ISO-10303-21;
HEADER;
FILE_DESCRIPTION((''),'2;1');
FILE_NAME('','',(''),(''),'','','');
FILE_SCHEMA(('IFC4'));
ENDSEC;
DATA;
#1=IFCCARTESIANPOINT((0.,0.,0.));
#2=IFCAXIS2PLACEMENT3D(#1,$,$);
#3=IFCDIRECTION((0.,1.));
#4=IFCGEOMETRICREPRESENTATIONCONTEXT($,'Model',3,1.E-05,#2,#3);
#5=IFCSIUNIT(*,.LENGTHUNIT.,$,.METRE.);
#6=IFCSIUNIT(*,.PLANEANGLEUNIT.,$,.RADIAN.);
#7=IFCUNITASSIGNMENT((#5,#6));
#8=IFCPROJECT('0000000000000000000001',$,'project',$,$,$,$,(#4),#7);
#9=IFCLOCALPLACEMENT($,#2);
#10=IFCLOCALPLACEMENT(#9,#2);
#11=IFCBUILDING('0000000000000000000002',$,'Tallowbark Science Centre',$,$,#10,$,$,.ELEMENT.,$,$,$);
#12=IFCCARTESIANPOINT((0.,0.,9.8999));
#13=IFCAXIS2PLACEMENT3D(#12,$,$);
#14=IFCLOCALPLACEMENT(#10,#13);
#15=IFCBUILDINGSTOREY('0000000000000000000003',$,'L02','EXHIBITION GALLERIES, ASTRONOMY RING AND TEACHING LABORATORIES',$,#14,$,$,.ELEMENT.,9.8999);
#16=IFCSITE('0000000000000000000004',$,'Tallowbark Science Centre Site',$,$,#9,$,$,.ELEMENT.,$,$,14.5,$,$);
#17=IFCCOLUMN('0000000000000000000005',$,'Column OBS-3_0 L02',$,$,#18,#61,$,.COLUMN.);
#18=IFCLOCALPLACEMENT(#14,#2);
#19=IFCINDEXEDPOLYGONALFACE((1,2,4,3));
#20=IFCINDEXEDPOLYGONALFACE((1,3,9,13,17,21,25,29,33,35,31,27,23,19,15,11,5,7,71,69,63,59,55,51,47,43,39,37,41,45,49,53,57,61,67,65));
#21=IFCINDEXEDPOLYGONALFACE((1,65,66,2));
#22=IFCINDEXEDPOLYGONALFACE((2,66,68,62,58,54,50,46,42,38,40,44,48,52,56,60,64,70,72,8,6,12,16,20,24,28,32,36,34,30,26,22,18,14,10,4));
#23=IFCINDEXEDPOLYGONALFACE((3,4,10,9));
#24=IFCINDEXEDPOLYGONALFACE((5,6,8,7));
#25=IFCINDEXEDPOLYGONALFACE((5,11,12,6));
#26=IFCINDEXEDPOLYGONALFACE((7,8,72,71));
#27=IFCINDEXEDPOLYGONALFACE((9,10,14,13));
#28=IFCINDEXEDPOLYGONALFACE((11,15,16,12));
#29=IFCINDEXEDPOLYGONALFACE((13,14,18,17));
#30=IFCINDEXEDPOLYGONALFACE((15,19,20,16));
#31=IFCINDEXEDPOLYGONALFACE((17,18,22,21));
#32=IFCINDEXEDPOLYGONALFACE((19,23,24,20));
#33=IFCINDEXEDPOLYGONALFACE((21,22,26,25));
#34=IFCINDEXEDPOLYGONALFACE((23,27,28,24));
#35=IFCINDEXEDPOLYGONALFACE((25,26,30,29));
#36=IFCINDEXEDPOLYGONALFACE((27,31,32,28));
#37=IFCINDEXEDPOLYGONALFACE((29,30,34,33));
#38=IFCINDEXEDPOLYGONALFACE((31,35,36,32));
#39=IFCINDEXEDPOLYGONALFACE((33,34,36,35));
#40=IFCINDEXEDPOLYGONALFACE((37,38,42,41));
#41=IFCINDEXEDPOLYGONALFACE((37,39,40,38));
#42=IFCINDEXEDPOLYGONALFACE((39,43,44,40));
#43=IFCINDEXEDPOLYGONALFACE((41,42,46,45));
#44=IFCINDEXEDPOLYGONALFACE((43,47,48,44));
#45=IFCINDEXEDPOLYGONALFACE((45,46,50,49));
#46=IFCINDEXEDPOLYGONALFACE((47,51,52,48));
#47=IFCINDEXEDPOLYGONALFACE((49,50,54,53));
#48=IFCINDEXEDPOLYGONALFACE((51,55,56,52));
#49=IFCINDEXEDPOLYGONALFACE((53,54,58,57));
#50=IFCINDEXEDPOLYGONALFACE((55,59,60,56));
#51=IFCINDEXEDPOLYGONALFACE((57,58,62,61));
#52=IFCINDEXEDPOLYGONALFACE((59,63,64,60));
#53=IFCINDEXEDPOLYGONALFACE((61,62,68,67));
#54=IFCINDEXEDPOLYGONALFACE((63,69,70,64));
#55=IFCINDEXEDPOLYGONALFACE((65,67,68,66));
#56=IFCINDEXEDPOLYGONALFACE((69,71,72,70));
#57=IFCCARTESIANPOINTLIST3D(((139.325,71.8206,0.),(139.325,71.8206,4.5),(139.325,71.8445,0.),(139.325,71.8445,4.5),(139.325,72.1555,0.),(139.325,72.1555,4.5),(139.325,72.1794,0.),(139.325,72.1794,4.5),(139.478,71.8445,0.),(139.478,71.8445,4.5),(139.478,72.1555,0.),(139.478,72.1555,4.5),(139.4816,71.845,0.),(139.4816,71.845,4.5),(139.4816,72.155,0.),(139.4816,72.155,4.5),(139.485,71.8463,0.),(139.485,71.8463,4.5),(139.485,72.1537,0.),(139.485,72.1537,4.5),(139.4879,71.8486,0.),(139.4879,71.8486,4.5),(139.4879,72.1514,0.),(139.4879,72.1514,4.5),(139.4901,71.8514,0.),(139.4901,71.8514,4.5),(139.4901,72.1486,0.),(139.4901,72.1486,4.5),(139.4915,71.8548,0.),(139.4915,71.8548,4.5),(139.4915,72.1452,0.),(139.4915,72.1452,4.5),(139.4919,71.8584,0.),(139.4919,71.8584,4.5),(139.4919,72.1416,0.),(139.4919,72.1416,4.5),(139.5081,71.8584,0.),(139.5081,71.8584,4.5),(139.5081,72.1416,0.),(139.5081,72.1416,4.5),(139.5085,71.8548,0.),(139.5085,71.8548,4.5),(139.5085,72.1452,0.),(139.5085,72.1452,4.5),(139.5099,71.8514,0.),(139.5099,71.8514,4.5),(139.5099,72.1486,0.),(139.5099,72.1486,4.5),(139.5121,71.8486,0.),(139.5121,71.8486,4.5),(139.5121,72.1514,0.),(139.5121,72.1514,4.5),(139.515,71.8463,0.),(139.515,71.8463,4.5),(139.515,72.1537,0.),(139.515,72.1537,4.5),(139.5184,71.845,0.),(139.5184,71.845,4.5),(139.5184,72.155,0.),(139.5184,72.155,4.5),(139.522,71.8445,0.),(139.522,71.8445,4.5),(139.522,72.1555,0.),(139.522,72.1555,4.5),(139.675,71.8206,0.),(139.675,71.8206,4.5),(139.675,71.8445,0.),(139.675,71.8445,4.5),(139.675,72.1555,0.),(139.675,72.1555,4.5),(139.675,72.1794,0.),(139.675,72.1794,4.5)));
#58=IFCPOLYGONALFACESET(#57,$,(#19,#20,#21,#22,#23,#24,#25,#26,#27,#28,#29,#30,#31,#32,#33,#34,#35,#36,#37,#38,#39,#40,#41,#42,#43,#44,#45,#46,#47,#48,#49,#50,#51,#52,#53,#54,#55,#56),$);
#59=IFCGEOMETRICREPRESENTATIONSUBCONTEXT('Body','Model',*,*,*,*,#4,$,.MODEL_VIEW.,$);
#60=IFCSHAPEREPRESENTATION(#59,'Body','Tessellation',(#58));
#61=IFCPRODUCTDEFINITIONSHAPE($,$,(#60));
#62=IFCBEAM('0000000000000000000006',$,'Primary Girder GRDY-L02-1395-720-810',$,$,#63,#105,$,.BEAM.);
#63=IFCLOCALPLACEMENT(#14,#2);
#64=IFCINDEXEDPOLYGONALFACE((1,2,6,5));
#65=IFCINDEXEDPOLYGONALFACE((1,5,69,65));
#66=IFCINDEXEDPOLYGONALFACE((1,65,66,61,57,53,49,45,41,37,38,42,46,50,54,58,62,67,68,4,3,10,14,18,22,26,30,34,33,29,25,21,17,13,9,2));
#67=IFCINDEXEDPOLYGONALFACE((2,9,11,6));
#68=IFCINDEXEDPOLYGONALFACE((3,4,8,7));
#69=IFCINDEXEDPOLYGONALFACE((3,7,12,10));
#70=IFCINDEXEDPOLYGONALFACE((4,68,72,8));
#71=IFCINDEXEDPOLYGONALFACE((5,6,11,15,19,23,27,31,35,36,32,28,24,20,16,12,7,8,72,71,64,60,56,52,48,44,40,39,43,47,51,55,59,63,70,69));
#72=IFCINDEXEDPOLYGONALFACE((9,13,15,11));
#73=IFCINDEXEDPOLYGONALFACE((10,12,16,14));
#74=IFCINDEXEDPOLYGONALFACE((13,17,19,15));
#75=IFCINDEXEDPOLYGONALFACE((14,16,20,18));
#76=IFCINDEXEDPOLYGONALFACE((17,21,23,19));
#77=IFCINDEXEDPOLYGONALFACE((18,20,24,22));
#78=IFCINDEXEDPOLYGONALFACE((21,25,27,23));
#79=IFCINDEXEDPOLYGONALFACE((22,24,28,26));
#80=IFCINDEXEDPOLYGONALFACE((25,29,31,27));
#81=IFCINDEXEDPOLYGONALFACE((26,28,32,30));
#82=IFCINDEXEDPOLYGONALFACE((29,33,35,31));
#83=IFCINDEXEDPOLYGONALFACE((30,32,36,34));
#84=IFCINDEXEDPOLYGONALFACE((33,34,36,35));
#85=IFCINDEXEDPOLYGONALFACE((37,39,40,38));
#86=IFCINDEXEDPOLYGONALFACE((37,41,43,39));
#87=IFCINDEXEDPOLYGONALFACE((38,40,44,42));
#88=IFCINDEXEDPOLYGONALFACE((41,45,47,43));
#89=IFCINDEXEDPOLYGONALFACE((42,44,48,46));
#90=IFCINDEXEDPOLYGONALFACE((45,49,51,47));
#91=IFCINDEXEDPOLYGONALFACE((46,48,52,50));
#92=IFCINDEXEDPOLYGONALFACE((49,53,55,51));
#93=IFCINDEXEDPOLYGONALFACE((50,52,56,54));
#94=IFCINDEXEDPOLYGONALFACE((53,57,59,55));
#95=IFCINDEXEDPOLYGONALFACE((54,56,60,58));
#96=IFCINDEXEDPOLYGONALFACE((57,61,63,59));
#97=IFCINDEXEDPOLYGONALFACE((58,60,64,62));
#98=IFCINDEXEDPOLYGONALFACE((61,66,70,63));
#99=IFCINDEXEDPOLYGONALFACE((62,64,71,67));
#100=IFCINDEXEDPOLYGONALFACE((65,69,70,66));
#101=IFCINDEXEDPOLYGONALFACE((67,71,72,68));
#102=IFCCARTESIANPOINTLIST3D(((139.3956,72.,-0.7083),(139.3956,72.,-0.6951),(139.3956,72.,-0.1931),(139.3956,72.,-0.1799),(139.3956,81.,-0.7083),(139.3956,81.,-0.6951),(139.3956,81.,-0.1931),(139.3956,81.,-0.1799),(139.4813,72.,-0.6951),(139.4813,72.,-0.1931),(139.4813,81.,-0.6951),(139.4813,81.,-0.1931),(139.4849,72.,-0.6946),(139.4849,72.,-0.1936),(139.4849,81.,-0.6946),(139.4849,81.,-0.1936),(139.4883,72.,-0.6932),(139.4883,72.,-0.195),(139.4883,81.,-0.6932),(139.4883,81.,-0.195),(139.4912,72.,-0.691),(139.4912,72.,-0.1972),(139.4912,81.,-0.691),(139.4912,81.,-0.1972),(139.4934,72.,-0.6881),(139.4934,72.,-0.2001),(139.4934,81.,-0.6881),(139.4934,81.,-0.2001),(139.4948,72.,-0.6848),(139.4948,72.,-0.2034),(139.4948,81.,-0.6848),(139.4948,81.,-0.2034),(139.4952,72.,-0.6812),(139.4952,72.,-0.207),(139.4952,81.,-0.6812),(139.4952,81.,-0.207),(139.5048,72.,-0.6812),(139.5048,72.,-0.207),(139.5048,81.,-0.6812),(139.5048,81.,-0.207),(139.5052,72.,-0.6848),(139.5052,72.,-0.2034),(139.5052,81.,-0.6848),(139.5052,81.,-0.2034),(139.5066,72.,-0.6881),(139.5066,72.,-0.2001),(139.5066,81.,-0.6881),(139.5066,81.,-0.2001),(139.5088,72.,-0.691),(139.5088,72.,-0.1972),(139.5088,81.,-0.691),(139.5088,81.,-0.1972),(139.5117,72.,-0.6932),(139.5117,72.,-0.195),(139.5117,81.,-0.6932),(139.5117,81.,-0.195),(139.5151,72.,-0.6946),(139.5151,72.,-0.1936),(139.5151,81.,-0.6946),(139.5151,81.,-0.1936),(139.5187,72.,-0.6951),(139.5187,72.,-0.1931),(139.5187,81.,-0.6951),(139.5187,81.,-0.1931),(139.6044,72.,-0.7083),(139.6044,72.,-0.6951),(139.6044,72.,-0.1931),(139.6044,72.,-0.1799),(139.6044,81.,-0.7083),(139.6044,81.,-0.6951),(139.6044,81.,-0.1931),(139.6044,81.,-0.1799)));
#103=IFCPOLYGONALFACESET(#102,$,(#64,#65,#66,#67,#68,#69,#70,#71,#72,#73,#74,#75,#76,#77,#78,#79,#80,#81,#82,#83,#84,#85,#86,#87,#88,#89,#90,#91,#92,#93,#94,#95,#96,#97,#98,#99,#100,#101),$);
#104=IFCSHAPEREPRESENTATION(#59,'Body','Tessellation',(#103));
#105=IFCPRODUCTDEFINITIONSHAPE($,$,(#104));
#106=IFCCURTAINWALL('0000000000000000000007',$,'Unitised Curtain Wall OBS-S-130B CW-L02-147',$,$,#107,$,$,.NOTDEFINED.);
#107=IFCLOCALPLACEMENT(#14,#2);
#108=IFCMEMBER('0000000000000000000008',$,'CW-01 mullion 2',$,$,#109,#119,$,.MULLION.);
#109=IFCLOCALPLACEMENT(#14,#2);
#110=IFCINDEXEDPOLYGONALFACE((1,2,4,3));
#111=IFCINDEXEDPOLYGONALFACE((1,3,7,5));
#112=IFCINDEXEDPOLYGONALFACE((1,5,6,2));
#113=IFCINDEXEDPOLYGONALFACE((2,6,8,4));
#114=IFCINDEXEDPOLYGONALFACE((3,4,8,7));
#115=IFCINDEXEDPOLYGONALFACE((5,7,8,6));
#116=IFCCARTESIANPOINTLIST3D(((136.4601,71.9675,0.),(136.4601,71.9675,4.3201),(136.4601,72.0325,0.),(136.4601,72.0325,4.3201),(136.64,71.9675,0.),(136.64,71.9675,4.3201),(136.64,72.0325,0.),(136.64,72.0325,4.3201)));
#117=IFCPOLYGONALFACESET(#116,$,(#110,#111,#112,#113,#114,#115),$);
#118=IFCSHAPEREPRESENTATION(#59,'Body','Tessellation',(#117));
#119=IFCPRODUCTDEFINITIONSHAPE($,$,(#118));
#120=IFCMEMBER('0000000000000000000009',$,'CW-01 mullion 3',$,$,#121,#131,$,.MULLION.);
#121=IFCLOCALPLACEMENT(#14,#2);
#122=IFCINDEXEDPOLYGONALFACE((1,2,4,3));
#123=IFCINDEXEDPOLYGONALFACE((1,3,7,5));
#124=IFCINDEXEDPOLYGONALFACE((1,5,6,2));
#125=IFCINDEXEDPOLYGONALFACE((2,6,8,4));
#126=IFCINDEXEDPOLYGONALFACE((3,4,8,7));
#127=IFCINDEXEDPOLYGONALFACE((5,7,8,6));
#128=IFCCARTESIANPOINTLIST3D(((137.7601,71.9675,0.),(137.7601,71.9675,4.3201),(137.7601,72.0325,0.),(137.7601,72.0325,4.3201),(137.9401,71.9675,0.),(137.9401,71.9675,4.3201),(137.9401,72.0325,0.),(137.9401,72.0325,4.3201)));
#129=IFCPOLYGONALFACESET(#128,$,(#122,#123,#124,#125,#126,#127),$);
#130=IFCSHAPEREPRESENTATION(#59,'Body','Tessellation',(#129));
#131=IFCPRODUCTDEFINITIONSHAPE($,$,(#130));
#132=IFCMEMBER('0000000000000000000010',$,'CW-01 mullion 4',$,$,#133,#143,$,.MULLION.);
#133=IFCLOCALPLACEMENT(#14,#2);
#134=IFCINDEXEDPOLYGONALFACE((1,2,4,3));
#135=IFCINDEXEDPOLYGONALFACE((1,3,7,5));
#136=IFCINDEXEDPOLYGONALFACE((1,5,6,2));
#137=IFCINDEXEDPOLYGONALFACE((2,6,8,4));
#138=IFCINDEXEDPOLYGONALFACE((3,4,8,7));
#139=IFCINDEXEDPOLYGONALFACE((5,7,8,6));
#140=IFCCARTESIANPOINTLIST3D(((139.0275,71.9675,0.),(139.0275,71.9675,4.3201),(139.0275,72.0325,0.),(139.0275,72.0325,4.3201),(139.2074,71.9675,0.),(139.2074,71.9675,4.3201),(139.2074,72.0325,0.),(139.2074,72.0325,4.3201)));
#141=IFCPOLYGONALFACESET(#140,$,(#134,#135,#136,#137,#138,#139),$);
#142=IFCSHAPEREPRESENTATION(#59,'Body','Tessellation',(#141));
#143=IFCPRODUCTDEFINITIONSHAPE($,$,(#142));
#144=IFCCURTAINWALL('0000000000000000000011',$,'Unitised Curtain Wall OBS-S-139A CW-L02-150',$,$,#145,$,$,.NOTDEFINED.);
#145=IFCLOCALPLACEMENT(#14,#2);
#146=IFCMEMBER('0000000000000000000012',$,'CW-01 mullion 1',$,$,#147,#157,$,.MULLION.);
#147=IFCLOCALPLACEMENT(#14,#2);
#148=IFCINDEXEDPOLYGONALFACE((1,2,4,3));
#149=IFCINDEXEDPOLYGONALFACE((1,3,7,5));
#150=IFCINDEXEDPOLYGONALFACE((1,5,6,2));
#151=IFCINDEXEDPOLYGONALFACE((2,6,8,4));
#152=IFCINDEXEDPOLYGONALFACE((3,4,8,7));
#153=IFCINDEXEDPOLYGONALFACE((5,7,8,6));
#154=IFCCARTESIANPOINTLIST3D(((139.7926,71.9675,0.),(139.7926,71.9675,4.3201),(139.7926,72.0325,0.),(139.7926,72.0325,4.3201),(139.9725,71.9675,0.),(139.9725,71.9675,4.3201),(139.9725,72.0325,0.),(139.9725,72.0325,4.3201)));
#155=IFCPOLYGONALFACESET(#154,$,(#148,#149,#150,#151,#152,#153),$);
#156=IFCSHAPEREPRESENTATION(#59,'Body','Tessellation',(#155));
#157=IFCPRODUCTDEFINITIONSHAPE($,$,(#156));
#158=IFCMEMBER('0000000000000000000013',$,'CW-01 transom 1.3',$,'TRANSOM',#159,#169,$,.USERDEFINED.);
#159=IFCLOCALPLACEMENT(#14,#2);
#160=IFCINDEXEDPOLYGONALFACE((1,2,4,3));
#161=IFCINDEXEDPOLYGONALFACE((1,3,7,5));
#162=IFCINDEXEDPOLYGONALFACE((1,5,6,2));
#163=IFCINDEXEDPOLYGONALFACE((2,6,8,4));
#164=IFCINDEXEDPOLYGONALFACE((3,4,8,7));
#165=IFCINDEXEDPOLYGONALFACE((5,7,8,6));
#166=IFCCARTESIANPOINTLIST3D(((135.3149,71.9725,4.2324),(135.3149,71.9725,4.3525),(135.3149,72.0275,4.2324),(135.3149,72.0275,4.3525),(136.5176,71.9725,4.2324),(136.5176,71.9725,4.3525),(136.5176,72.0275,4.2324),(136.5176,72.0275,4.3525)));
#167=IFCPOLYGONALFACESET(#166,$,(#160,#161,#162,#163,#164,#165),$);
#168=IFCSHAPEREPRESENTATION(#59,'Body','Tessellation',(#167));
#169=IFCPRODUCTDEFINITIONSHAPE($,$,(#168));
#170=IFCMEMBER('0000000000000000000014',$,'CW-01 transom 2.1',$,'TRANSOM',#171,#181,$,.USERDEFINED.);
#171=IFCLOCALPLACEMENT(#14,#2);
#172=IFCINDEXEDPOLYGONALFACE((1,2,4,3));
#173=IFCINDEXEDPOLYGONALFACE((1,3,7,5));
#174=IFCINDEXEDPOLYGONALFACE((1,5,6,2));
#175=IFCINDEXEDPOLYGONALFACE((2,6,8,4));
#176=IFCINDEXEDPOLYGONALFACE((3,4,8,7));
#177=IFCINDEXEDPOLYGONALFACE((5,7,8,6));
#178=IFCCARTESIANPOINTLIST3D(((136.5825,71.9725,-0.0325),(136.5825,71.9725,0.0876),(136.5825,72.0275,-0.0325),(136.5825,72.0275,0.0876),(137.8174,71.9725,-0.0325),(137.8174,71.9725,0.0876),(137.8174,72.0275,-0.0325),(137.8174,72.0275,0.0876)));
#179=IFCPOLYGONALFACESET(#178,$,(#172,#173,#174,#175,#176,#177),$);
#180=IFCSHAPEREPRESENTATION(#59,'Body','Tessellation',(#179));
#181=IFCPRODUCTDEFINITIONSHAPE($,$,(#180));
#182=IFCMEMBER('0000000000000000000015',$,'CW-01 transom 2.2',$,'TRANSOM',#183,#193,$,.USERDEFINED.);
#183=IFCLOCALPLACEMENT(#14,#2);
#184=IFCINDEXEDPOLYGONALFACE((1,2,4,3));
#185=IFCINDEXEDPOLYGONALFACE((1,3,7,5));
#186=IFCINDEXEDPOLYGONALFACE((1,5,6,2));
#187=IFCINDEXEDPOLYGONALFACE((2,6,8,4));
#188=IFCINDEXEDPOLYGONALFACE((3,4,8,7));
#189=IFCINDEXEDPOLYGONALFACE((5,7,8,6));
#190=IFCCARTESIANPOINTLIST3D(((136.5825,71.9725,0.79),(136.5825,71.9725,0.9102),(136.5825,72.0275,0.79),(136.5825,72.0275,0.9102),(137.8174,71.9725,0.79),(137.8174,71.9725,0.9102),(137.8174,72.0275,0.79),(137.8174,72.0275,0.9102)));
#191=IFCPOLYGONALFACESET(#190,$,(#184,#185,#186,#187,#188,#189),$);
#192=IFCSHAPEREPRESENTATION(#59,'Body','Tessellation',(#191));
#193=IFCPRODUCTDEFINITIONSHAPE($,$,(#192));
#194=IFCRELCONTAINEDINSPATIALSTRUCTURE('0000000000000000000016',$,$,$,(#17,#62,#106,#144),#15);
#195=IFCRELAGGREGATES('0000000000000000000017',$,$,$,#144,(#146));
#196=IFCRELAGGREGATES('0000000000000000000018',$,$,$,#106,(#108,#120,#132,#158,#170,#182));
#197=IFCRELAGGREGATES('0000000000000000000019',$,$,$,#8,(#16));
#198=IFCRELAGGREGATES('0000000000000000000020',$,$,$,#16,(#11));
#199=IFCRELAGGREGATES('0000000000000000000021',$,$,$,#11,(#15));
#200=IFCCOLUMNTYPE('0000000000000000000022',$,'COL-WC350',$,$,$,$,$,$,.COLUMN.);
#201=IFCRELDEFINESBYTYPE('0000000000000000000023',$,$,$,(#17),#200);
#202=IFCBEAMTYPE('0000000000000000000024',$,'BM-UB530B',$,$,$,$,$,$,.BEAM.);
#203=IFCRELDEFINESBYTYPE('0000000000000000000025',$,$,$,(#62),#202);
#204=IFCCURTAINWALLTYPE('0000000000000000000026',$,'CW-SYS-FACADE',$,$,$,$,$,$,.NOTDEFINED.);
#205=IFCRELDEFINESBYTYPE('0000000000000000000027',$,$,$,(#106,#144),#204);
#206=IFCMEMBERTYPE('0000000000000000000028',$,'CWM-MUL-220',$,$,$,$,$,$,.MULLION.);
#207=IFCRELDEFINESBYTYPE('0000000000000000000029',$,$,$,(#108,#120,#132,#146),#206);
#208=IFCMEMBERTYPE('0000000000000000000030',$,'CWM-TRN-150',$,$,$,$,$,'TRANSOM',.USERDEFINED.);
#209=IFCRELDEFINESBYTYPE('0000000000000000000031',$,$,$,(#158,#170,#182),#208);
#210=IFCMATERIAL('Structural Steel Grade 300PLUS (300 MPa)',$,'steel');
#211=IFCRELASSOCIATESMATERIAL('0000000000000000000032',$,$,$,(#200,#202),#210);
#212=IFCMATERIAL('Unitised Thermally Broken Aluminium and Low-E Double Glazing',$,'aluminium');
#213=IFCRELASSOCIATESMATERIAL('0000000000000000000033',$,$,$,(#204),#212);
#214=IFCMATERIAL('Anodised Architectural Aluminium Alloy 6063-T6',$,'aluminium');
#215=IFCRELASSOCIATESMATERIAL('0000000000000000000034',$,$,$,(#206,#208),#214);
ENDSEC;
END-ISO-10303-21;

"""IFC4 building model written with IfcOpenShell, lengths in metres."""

from ifc_helpers import new_model, si_unit, direction, frame, origin, origin_2d, place, context, subcontext, project, spatial, rectangle, i_section, extrude, material, material_profile, profile_set, type_object, element, aggregate, save


model = new_model("IFC4")

# Units and contexts
model_context = context("Model", 3, precision=1e-05, world=origin(), true_north=direction((0.0, 1.0)))
body_context = subcontext(model_context, "Body", "Model", "MODEL_VIEW")
ifc_project = project(units=[si_unit("LENGTHUNIT", "METRE"), si_unit("PLANEANGLEUNIT", "RADIAN")], contexts=[model_context])

# Site, building, storey
site_placement = place(None, origin())
site = spatial("IfcSite", under=ifc_project, at=site_placement, Name="Tallowbark Science Centre Site", CompositionType="ELEMENT", RefElevation=14.5)
building_placement = place(site_placement, origin())
building = spatial("IfcBuilding", under=site, at=building_placement, Name="Tallowbark Science Centre", CompositionType="ELEMENT")
storey_placement = place(building_placement, frame((0.0, 0.0, 9.8999)))
storey = spatial("IfcBuildingStorey", under=building, at=storey_placement, Name="L02", Description="EXHIBITION GALLERIES, ASTRONOMY RING AND TEACHING LABORATORIES", CompositionType="ELEMENT", Elevation=9.8999)

# Column
ifc_material_1 = material(Name="Structural Steel Grade 300PLUS (300 MPa)", Category="steel")
ifc_material_profile_1 = material_profile(ifc_material_1, i_section(OverallWidth=0.3501, OverallDepth=0.3589, WebThickness=0.0161, FlangeThickness=0.0239, FilletRadius=0.0139, at=origin_2d()), Name="350WC197")
ifc_profile_set_1 = profile_set([ifc_material_profile_1], Name="Structural Steel Grade 300PLUS (300 MPa)")
column_type = type_object("IfcColumnType", Name="COL-WC350", PredefinedType="COLUMN", material=ifc_profile_set_1)
column_placement = place(storey_placement, frame((139.5, 72.0, 0.0), z_axis=(0.0, 0.0, 1.0), x_axis=(1.0, 0.0, 0.0)))
element("IfcColumn", 1, at=column_placement, inside=storey, type_object=column_type, Name="Column OBS-3_0 L02", PredefinedType="COLUMN", context=body_context, shape_type="SweptSolid", body=[
    extrude(i_section(OverallWidth=0.3501, OverallDepth=0.3589, WebThickness=0.0161, FlangeThickness=0.0239, FilletRadius=0.0139, at=origin_2d()), origin(), (0.0, 0.0, 1.0), 4.5),
])

# Beam
ifc_material_profile_2 = material_profile(ifc_material_1, i_section(OverallWidth=0.2087, OverallDepth=0.5283, WebThickness=0.0095, FlangeThickness=0.0132, FilletRadius=0.0139, at=origin_2d()), Name="530UB82.0")
ifc_profile_set_2 = profile_set([ifc_material_profile_2], Name="Structural Steel Grade 300PLUS (300 MPa)")
beam_type_1 = type_object("IfcBeamType", Name="BM-UB530B", PredefinedType="BEAM", material=ifc_profile_set_2)
beam_1_placement = place(storey_placement, frame((139.5, 72.0, -0.4441), z_axis=(0.0, 1.0, 0.0), x_axis=(-1.0, 0.0, 0.0)))
element("IfcBeam", 2, at=beam_1_placement, inside=storey, type_object=beam_type_1, Name="Primary Girder GRDY-L02-1395-720-810", PredefinedType="BEAM", context=body_context, shape_type="SweptSolid", body=[
    extrude(i_section(OverallWidth=0.2087, OverallDepth=0.5283, WebThickness=0.0095, FlangeThickness=0.0132, FilletRadius=0.0139, at=origin_2d()), origin(), (0.0, 0.0, 1.0), 9.0),
])

# Curtain wall, members
ifc_material_2 = material(Name="Unitised Thermally Broken Aluminium and Low-E Double Glazing", Category="aluminium")
curtain_wall_type = type_object("IfcCurtainWallType", Name="CW-SYS-FACADE", PredefinedType="NOTDEFINED", material=ifc_material_2)
curtain_wall_1_placement = place(storey_placement, origin())
curtain_wall_1 = element("IfcCurtainWall", 3, at=curtain_wall_1_placement, inside=storey, type_object=curtain_wall_type, Name="Unitised Curtain Wall OBS-S-130B CW-L02-147", PredefinedType="NOTDEFINED")
ifc_material_3 = material(Name="Anodised Architectural Aluminium Alloy 6063-T6", Category="aluminium")
ifc_material_profile_3 = material_profile(ifc_material_3, rectangle(XDim=0.0649, YDim=0.1799, at=origin_2d()), Name="ALU65x180")
ifc_profile_set_3 = profile_set([ifc_material_profile_3], Name="Anodised Architectural Aluminium Alloy 6063-T6")
member_type_1 = type_object("IfcMemberType", Name="CWM-MUL-220", PredefinedType="MULLION", material=ifc_profile_set_3)
member_1_placement = place(storey_placement, frame((136.55, 72.0, 0.0), z_axis=(0.0, 0.0, 1.0), x_axis=(0.0, 1.0, 0.0)))
member_1 = element("IfcMember", 4, at=member_1_placement, type_object=member_type_1, Name="CW-01 mullion 2", PredefinedType="MULLION", context=body_context, shape_type="SweptSolid", body=[
    extrude(rectangle(XDim=0.0649, YDim=0.1799, at=origin_2d()), origin(), (0.0, 0.0, 1.0), 4.3201),
])
member_2_placement = place(storey_placement, frame((137.8501, 72.0, 0.0), z_axis=(0.0, 0.0, 1.0), x_axis=(0.0, 1.0, 0.0)))
member_2 = element("IfcMember", 5, at=member_2_placement, type_object=member_type_1, Name="CW-01 mullion 3", PredefinedType="MULLION", context=body_context, shape_type="SweptSolid", body=[
    extrude(rectangle(XDim=0.0649, YDim=0.1799, at=origin_2d()), origin(), (0.0, 0.0, 1.0), 4.3201),
])
member_3_placement = place(storey_placement, frame((139.1174, 72.0, 0.0), z_axis=(0.0, 0.0, 1.0), x_axis=(0.0, 1.0, 0.0)))
member_3 = element("IfcMember", 6, at=member_3_placement, type_object=member_type_1, Name="CW-01 mullion 4", PredefinedType="MULLION", context=body_context, shape_type="SweptSolid", body=[
    extrude(rectangle(XDim=0.0649, YDim=0.1799, at=origin_2d()), origin(), (0.0, 0.0, 1.0), 4.3201),
])

# Curtain wall, member
curtain_wall_2_placement = place(storey_placement, origin())
curtain_wall_2 = element("IfcCurtainWall", 7, at=curtain_wall_2_placement, inside=storey, type_object=curtain_wall_type, Name="Unitised Curtain Wall OBS-S-139A CW-L02-150", PredefinedType="NOTDEFINED")
member_4_placement = place(storey_placement, frame((139.8826, 72.0, 0.0), z_axis=(0.0, 0.0, 1.0), x_axis=(0.0, 1.0, 0.0)))
member_4 = element("IfcMember", 8, at=member_4_placement, type_object=member_type_1, Name="CW-01 mullion 1", PredefinedType="MULLION", context=body_context, shape_type="SweptSolid", body=[
    extrude(rectangle(XDim=0.0649, YDim=0.1799, at=origin_2d()), origin(), (0.0, 0.0, 1.0), 4.3201),
])
aggregate(curtain_wall_2, [member_4])

# Members
ifc_material_profile_4 = material_profile(ifc_material_3, rectangle(XDim=0.0549, YDim=0.1201, at=origin_2d()), Name="ALU55x120")
ifc_profile_set_4 = profile_set([ifc_material_profile_4], Name="Anodised Architectural Aluminium Alloy 6063-T6")
member_type_2 = type_object("IfcMemberType", Name="CWM-TRN-150", ElementType="TRANSOM", PredefinedType="USERDEFINED", material=ifc_profile_set_4)
member_5_placement = place(storey_placement, frame((135.3149, 72.0, 4.2925), z_axis=(1.0, 0.0, 0.0), x_axis=(0.0, 1.0, 0.0)))
member_5 = element("IfcMember", 9, at=member_5_placement, type_object=member_type_2, Name="CW-01 transom 1.3", ObjectType="TRANSOM", PredefinedType="USERDEFINED", context=body_context, shape_type="SweptSolid", body=[
    extrude(rectangle(XDim=0.0549, YDim=0.1201, at=origin_2d()), origin(), (0.0, 0.0, 1.0), 1.2026),
])
member_6_placement = place(storey_placement, frame((136.5825, 72.0, 0.0276), z_axis=(1.0, 0.0, 0.0), x_axis=(0.0, 1.0, 0.0)))
member_6 = element("IfcMember", 10, at=member_6_placement, type_object=member_type_2, Name="CW-01 transom 2.1", ObjectType="TRANSOM", PredefinedType="USERDEFINED", context=body_context, shape_type="SweptSolid", body=[
    extrude(rectangle(XDim=0.0549, YDim=0.1201, at=origin_2d()), origin(), (0.0, 0.0, 1.0), 1.2349),
])
member_7_placement = place(storey_placement, frame((136.5825, 72.0, 0.8501), z_axis=(1.0, 0.0, 0.0), x_axis=(0.0, 1.0, 0.0)))
member_7 = element("IfcMember", 11, at=member_7_placement, type_object=member_type_2, Name="CW-01 transom 2.2", ObjectType="TRANSOM", PredefinedType="USERDEFINED", context=body_context, shape_type="SweptSolid", body=[
    extrude(rectangle(XDim=0.0549, YDim=0.1201, at=origin_2d()), origin(), (0.0, 0.0, 1.0), 1.2349),
])

aggregate(curtain_wall_1, [member_1, member_2, member_3, member_5, member_6, member_7])

save(model, "model.ifc")
